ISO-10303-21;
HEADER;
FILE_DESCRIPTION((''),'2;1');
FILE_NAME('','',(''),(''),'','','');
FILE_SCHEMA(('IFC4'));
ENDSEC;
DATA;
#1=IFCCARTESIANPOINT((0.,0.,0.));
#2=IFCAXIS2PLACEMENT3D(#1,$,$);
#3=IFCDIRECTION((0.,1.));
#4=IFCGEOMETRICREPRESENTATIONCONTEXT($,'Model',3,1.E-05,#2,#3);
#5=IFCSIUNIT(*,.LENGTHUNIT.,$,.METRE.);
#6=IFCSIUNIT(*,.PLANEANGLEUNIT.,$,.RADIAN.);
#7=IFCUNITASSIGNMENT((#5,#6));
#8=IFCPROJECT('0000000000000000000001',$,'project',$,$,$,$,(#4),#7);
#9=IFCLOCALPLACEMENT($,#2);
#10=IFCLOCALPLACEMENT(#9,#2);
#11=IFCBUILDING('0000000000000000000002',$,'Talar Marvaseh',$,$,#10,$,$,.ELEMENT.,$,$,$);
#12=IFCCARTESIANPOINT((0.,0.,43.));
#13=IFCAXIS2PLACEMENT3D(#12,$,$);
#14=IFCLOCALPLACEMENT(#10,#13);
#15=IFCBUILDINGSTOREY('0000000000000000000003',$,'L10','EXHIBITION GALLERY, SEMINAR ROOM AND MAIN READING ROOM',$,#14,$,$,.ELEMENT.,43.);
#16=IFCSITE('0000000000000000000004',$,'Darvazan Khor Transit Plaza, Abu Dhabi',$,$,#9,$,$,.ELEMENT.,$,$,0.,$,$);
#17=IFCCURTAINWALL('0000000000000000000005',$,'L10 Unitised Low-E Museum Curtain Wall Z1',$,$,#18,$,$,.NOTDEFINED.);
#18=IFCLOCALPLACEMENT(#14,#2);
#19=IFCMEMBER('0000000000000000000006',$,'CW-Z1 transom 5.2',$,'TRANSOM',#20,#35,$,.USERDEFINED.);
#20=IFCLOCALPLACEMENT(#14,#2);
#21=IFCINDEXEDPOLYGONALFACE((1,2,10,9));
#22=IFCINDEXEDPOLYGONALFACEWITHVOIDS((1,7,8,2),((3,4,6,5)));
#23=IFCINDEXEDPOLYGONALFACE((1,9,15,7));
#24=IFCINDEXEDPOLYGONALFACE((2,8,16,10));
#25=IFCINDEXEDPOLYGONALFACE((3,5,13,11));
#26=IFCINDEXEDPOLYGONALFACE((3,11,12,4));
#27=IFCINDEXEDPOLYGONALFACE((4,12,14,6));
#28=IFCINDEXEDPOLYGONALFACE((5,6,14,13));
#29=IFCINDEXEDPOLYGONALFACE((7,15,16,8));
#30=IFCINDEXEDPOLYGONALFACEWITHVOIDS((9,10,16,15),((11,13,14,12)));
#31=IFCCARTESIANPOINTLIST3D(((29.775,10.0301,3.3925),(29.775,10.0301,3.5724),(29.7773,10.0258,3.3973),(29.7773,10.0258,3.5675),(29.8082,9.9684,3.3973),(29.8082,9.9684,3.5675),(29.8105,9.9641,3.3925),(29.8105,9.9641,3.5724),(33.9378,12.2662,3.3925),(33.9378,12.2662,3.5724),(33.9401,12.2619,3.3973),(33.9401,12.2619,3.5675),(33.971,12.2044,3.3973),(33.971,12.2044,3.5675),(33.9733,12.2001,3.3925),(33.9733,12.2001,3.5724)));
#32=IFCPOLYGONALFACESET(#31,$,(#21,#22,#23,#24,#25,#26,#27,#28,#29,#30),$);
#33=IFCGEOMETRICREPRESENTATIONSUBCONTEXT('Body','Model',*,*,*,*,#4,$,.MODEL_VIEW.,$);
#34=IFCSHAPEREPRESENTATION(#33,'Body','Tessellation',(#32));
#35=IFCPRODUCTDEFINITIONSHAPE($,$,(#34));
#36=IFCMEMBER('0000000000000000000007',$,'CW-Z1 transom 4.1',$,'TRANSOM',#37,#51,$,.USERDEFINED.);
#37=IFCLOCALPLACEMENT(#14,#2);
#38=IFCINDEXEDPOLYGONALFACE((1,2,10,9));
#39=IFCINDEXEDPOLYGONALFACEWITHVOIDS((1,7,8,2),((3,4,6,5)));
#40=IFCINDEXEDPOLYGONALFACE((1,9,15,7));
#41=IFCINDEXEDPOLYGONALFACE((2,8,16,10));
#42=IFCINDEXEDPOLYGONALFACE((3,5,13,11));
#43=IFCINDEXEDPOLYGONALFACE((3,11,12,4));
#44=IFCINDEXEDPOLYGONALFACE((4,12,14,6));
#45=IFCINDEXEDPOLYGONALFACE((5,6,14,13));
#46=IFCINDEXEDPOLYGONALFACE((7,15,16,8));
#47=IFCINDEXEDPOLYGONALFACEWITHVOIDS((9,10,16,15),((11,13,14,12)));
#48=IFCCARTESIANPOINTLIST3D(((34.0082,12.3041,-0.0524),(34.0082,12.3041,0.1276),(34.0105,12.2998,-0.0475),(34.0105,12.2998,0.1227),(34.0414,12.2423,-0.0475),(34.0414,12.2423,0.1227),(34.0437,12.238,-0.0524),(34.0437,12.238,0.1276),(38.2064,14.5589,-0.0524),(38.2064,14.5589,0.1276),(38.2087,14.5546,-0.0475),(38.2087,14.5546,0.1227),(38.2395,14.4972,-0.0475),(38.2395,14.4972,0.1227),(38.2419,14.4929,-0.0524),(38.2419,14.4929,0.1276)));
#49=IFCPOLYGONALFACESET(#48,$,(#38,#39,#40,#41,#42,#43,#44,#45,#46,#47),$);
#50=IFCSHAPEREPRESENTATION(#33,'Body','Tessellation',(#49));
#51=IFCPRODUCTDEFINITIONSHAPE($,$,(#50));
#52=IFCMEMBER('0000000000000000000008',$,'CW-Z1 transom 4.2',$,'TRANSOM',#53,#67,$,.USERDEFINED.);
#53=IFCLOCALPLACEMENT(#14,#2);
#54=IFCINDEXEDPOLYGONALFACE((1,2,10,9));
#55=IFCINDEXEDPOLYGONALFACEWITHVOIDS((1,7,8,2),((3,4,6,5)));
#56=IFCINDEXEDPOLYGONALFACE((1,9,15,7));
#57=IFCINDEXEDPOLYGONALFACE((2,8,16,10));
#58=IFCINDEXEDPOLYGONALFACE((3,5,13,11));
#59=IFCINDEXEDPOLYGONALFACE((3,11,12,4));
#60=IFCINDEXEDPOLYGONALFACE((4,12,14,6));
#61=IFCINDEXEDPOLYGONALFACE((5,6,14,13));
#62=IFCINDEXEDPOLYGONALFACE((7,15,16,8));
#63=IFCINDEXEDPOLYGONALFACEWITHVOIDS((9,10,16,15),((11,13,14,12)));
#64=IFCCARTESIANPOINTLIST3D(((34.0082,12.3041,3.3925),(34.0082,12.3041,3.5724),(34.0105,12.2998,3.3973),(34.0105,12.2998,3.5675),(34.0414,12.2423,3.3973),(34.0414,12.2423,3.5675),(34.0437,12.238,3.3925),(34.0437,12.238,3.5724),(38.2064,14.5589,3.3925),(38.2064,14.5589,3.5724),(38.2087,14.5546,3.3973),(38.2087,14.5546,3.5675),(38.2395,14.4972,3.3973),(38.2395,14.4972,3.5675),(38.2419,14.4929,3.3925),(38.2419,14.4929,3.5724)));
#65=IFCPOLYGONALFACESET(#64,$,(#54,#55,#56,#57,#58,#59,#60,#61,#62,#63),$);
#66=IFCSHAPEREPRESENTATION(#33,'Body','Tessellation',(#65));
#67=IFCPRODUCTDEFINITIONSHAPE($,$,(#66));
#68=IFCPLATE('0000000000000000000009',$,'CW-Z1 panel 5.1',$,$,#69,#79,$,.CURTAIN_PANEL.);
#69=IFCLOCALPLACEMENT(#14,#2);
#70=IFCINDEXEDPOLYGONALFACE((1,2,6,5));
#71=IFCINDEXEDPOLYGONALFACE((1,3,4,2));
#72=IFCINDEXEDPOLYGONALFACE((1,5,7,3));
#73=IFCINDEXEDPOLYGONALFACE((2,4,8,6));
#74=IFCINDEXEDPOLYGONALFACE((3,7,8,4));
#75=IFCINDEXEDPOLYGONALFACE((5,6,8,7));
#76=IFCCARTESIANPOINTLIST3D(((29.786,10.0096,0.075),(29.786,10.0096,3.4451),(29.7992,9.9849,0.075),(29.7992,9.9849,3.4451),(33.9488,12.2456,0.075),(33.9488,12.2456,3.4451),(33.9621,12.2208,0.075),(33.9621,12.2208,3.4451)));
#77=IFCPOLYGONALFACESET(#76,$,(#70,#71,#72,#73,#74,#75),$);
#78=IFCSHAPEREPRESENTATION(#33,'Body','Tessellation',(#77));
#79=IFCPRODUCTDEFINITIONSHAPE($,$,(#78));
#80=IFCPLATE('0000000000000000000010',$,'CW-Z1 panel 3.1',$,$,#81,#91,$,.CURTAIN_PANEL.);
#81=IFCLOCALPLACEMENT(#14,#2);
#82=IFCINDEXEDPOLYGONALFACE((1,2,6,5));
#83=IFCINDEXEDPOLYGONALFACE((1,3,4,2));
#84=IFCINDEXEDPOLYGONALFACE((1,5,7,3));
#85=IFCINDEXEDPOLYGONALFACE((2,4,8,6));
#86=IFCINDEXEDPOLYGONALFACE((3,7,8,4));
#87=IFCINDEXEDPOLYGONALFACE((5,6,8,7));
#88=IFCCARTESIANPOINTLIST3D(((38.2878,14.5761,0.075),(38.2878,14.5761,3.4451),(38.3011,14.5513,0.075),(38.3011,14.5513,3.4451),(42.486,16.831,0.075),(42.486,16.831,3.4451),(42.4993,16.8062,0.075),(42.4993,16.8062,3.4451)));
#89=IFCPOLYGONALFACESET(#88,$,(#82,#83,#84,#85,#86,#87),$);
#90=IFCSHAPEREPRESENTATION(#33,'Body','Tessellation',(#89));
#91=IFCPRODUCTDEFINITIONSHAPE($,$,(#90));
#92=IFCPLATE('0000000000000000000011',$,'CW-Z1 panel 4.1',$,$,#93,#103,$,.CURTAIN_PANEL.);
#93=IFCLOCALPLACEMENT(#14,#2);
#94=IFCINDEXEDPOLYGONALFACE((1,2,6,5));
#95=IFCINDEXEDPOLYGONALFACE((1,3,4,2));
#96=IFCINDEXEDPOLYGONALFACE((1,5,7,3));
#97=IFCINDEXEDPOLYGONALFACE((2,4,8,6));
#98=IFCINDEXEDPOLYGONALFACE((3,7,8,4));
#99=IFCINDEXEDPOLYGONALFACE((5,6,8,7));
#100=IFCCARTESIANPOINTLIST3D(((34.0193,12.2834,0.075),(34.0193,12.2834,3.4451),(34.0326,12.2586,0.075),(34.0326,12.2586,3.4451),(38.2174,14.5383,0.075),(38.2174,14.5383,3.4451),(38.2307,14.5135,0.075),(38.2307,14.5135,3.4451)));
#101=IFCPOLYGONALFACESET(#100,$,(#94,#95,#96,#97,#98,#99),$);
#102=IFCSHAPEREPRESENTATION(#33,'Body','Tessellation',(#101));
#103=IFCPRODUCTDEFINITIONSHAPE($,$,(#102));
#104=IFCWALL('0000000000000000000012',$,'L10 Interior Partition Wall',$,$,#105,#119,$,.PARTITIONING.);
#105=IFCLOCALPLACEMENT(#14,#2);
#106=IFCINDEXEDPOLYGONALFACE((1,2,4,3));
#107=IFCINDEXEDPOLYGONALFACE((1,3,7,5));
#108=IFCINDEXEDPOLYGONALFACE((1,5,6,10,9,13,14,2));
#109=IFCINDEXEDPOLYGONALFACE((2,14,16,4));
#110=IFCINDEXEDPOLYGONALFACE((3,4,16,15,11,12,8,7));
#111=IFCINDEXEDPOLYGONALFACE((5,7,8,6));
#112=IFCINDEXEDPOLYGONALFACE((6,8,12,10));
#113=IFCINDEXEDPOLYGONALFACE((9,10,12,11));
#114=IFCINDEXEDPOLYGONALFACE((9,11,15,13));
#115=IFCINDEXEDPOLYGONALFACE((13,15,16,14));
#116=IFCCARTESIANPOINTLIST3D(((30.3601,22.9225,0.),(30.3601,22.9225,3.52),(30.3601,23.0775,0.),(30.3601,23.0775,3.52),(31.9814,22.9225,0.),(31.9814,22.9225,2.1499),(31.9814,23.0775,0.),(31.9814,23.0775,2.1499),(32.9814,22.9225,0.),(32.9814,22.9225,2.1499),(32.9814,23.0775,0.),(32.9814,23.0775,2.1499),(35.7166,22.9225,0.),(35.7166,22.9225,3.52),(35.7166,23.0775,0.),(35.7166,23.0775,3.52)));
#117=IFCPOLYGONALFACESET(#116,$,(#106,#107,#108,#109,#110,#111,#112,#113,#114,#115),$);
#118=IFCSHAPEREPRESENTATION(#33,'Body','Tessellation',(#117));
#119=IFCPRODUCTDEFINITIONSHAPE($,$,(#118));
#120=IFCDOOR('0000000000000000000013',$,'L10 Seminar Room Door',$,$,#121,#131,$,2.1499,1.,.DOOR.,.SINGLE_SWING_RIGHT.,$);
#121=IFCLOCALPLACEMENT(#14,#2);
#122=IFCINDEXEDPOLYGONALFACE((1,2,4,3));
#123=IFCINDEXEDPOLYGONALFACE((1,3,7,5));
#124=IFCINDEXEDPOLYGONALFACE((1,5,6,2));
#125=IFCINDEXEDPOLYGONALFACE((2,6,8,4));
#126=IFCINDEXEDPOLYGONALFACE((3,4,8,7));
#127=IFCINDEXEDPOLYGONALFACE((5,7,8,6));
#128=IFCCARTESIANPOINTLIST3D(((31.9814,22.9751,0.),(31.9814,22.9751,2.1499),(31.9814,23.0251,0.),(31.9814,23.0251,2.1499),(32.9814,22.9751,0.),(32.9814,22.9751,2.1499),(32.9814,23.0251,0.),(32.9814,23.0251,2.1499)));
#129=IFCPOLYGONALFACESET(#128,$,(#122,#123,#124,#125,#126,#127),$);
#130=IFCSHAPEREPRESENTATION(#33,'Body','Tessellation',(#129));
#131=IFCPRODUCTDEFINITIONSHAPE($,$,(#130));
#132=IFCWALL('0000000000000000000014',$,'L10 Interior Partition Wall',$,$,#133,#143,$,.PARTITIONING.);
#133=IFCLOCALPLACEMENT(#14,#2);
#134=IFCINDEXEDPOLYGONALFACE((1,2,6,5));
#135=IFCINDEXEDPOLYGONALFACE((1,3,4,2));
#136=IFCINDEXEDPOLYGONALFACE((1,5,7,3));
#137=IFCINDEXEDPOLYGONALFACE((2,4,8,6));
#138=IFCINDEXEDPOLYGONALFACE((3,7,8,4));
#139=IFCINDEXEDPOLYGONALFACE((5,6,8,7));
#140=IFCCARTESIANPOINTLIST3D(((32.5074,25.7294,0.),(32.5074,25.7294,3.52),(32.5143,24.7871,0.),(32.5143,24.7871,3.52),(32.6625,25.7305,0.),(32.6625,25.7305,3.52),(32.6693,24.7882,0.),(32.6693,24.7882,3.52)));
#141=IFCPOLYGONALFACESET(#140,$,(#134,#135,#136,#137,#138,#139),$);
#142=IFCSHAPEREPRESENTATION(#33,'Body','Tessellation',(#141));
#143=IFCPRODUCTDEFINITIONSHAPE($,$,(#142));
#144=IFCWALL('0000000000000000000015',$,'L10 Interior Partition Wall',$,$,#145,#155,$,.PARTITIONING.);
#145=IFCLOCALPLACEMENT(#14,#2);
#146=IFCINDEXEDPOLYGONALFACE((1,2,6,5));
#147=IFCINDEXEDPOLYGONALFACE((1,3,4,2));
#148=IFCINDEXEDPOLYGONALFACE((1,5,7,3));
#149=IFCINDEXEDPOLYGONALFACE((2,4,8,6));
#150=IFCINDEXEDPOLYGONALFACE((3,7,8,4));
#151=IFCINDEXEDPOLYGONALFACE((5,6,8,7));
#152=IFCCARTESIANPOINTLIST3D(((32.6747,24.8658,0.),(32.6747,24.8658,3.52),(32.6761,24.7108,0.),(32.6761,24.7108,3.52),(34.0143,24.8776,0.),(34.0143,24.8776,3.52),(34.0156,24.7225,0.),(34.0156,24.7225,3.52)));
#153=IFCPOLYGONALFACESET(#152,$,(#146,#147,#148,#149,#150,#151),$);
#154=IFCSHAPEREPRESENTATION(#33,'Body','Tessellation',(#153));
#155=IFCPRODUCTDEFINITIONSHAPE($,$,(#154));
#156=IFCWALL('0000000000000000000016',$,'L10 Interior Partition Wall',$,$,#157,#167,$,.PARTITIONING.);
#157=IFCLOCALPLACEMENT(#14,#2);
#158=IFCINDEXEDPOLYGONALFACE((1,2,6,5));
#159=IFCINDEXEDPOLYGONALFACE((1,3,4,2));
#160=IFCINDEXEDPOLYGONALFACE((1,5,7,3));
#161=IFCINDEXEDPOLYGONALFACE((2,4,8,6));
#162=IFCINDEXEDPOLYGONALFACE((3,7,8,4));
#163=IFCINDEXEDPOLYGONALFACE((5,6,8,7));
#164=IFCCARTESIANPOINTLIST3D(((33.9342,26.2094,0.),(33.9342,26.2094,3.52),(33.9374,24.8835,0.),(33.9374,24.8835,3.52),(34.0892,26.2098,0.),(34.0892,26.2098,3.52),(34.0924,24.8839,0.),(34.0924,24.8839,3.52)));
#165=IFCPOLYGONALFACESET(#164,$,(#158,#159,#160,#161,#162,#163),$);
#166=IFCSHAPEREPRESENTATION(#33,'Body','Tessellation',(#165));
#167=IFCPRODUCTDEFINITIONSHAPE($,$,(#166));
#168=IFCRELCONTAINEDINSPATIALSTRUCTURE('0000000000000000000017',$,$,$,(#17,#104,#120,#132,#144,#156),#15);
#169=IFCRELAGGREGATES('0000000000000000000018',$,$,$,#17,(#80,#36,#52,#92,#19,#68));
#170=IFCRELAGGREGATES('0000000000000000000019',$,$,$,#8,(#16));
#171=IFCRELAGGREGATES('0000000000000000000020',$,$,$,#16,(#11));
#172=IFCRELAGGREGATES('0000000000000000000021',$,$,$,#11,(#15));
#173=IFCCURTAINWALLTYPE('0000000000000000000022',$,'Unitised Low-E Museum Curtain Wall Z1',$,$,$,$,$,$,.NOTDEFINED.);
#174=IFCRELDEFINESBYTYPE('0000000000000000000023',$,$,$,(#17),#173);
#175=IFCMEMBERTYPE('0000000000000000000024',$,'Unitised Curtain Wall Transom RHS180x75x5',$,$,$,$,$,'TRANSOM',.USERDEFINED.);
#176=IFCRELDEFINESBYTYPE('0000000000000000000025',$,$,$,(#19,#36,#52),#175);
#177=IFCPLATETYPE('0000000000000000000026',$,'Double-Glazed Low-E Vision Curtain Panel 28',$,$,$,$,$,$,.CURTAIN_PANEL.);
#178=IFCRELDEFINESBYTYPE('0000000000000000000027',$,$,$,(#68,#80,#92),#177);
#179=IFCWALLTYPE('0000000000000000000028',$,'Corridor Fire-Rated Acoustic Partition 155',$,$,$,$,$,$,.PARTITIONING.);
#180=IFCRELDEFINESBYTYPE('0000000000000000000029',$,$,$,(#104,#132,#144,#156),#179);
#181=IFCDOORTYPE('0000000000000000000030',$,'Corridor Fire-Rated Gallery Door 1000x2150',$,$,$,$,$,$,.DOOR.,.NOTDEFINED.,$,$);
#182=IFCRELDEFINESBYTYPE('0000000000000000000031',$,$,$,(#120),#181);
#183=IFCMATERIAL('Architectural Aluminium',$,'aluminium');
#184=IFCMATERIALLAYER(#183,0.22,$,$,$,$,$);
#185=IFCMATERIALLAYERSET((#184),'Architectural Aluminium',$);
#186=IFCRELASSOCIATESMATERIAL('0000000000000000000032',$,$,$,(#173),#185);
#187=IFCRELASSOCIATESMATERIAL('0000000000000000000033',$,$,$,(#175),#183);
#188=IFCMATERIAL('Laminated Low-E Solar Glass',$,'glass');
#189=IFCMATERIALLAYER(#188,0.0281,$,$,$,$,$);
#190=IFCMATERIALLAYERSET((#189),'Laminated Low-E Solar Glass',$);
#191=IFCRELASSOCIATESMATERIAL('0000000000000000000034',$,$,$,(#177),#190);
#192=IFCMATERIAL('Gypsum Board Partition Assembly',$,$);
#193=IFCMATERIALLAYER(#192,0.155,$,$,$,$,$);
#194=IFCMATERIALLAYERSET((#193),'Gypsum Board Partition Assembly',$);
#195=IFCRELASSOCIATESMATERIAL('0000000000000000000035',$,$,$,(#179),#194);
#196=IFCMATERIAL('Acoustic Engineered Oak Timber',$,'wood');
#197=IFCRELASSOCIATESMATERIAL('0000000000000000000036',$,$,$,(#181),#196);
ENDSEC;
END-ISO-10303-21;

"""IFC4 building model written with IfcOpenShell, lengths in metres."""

from ifc_helpers import new_model, si_unit, direction, frame, frame_2d, origin, origin_2d, place, context, subcontext, project, spatial, rectangle, hollow_rectangle, extrude, source, transform, mapped, material, layer, layer_set, material_profile, profile_set, type_object, type_shapes, element, fill, aggregate, save


model = new_model("IFC4")

# Units and contexts
model_context = context("Model", 3, precision=1e-05, world=origin(), true_north=direction((0.0, 1.0)))
body_context = subcontext(model_context, "Body", "Model", "MODEL_VIEW")
ifc_project = project(units=[si_unit("LENGTHUNIT", "METRE"), si_unit("PLANEANGLEUNIT", "RADIAN")], contexts=[model_context])

# Site, building, storey
site_placement = place(None, origin())
site = spatial("IfcSite", under=ifc_project, at=site_placement, Name="Darvazan Khor Transit Plaza, Abu Dhabi", CompositionType="ELEMENT", RefElevation=0.0)
building_placement = place(site_placement, origin())
building = spatial("IfcBuilding", under=site, at=building_placement, Name="Talar Marvaseh", CompositionType="ELEMENT")
storey_placement = place(building_placement, frame((0.0, 0.0, 43.0)))
storey = spatial("IfcBuildingStorey", under=building, at=storey_placement, Name="L10", Description="EXHIBITION GALLERY, SEMINAR ROOM AND MAIN READING ROOM", CompositionType="ELEMENT", Elevation=43.0)

# Curtain wall, members, plates
ifc_material_1 = material(Name="Architectural Aluminium", Category="aluminium")
ifc_layer_1 = layer(ifc_material_1, 0.22)
ifc_layer_set_1 = layer_set([ifc_layer_1], Name="Architectural Aluminium")
curtain_wall_type = type_object("IfcCurtainWallType", Name="Unitised Low-E Museum Curtain Wall Z1", PredefinedType="NOTDEFINED", material=ifc_layer_set_1)
curtain_wall_placement = place(storey_placement, origin())
curtain_wall = element("IfcCurtainWall", 1, at=curtain_wall_placement, inside=storey, type_object=curtain_wall_type, Name="L10 Unitised Low-E Museum Curtain Wall Z1", PredefinedType="NOTDEFINED")
ifc_material_profile_1 = material_profile(ifc_material_1, hollow_rectangle(XDim=0.075, YDim=0.1799, WallThickness=0.0049, at=origin_2d()), Name="RHS180x75x5")
ifc_profile_set_1 = profile_set([ifc_material_profile_1], Name="Architectural Aluminium")
member_type_1 = type_object("IfcMemberType", Name="Unitised Curtain Wall Transom RHS180x75x5", ElementType="TRANSOM", PredefinedType="USERDEFINED", material=ifc_profile_set_1)
shared_shape_1 = source(origin(), body_context, "Body", "SweptSolid", [
    extrude(hollow_rectangle(XDim=0.075, YDim=0.1799, WallThickness=0.0049, at=origin_2d()), origin(), (0.0, 0.0, 1.0), 4.7253),
])
member_1_placement = place(storey_placement, frame((33.9556, 12.2332, 3.4824), z_axis=(-0.880952, -0.473206, 0.0), x_axis=(0.473206, -0.880952, 0.0)))
member_1 = element("IfcMember", 2, at=member_1_placement, type_object=member_type_1, Name="CW-Z1 transom 5.2", ObjectType="TRANSOM", PredefinedType="USERDEFINED", context=body_context, shape_type="MappedRepresentation", body=[
    mapped(shared_shape_1, transform((0.0, 0.0, 0.0), x_axis=(1.0, 0.0, 0.0), y_axis=(0.0, 1.0, 0.0), z_axis=(0.0, 0.0, 1.0), scale=1.0)),
])
shared_shape_2 = source(origin(), body_context, "Body", "SweptSolid", [
    extrude(hollow_rectangle(XDim=0.075, YDim=0.1799, WallThickness=0.0049, at=origin_2d()), origin(), (0.0, 0.0, 1.0), 4.7654),
])
type_shapes(member_type_1, [shared_shape_1, shared_shape_2])
member_2_placement = place(storey_placement, frame((38.2241, 14.5259, 0.0376), z_axis=(-0.880971, -0.473171, 0.0), x_axis=(0.473171, -0.880971, 0.0)))
member_2 = element("IfcMember", 3, at=member_2_placement, type_object=member_type_1, Name="CW-Z1 transom 4.1", ObjectType="TRANSOM", PredefinedType="USERDEFINED", context=body_context, shape_type="MappedRepresentation", body=[
    mapped(shared_shape_2, transform((0.0, 0.0, 0.0), x_axis=(1.0, 0.0, 0.0), y_axis=(0.0, 1.0, 0.0), z_axis=(0.0, 0.0, 1.0), scale=1.0)),
])
member_3_placement = place(storey_placement, frame((38.2241, 14.5259, 3.4824), z_axis=(-0.880971, -0.473171, 0.0), x_axis=(0.473171, -0.880971, 0.0)))
member_3 = element("IfcMember", 4, at=member_3_placement, type_object=member_type_1, Name="CW-Z1 transom 4.2", ObjectType="TRANSOM", PredefinedType="USERDEFINED", context=body_context, shape_type="MappedRepresentation", body=[
    mapped(shared_shape_2, transform((0.0, 0.0, 0.0), x_axis=(1.0, 0.0, 0.0), y_axis=(0.0, 1.0, 0.0), z_axis=(0.0, 0.0, 1.0), scale=1.0)),
])
ifc_material_2 = material(Name="Laminated Low-E Solar Glass", Category="glass")
ifc_layer_2 = layer(ifc_material_2, 0.0281)
ifc_layer_set_2 = layer_set([ifc_layer_2], Name="Laminated Low-E Solar Glass")
plate_type = type_object("IfcPlateType", Name="Double-Glazed Low-E Vision Curtain Panel 28", PredefinedType="CURTAIN_PANEL", material=ifc_layer_set_2)
shared_shape_3 = source(origin(), body_context, "Body", "SweptSolid", [
    extrude(rectangle(XDim=4.7253, YDim=0.0281, at=origin_2d()), origin(), (0.0, 0.0, 1.0), 3.3701),
])
plate_1_placement = place(storey_placement, frame((31.874, 11.1152, 0.075), z_axis=(0.0, 0.0, 1.0), x_axis=(-0.880963, -0.473185, 0.0)))
plate_1 = element("IfcPlate", 5, at=plate_1_placement, type_object=plate_type, Name="CW-Z1 panel 5.1", PredefinedType="CURTAIN_PANEL", context=body_context, shape_type="MappedRepresentation", body=[
    mapped(shared_shape_3, transform((0.0, 0.0, 0.0), x_axis=(1.0, 0.0, 0.0), y_axis=(0.0, 1.0, 0.0), z_axis=(0.0, 0.0, 1.0), scale=1.0)),
])
shared_shape_4 = source(origin(), body_context, "Body", "SweptSolid", [
    extrude(rectangle(XDim=4.7654, YDim=0.0281, at=origin_2d()), origin(), (0.0, 0.0, 1.0), 3.3701),
])
type_shapes(plate_type, [shared_shape_3, shared_shape_4])
plate_2_placement = place(storey_placement, frame((40.3936, 15.6912, 0.075), z_axis=(0.0, 0.0, 1.0), x_axis=(-0.880963, -0.473185, 0.0)))
plate_2 = element("IfcPlate", 6, at=plate_2_placement, type_object=plate_type, Name="CW-Z1 panel 3.1", PredefinedType="CURTAIN_PANEL", context=body_context, shape_type="MappedRepresentation", body=[
    mapped(shared_shape_4, transform((0.0, 0.0, 0.0), x_axis=(1.0, 0.0, 0.0), y_axis=(0.0, 1.0, 0.0), z_axis=(0.0, 0.0, 1.0), scale=1.0)),
])
plate_3_placement = place(storey_placement, frame((36.125, 13.3984, 0.075), z_axis=(0.0, 0.0, 1.0), x_axis=(-0.880963, -0.473185, 0.0)))
plate_3 = element("IfcPlate", 7, at=plate_3_placement, type_object=plate_type, Name="CW-Z1 panel 4.1", PredefinedType="CURTAIN_PANEL", context=body_context, shape_type="MappedRepresentation", body=[
    mapped(shared_shape_4, transform((0.0, 0.0, 0.0), x_axis=(1.0, 0.0, 0.0), y_axis=(0.0, 1.0, 0.0), z_axis=(0.0, 0.0, 1.0), scale=1.0)),
])
aggregate(curtain_wall, [plate_2, member_2, member_3, plate_3, member_1, plate_1])

# Wall, opening, door
ifc_material_3 = material(Name="Gypsum Board Partition Assembly")
ifc_layer_3 = layer(ifc_material_3, 0.155)
ifc_layer_set_3 = layer_set([ifc_layer_3], Name="Gypsum Board Partition Assembly")
wall_type_1 = type_object("IfcWallType", Name="Corridor Fire-Rated Acoustic Partition 155", PredefinedType="PARTITIONING", material=ifc_layer_set_3)
wall_1_placement = place(storey_placement, frame((35.7166, 23.0, 0.0), z_axis=(0.0, 0.0, 1.0), x_axis=(-1.0, 0.0, 0.0)))
wall_1 = element("IfcWall", 8, at=wall_1_placement, inside=storey, type_object=wall_type_1, Name="L10 Interior Partition Wall", PredefinedType="PARTITIONING", context=body_context, shape_type="SweptSolid", body=[
    extrude(rectangle(XDim=5.3564, YDim=0.155, at=frame_2d((2.6782, 0.0))), origin(), (0.0, 0.0, 1.0), 3.52),
])
opening_1_placement = place(wall_1_placement, frame((2.7351, 0.0, 0.0)))
opening_1 = element("IfcOpeningElement", 9, at=opening_1_placement, cuts=wall_1, PredefinedType="OPENING", context=body_context, shape_type="SweptSolid", body=[
    extrude(rectangle(XDim=1.0, YDim=2.1499, at=frame_2d((0.5, 1.075))), frame((0.0, 0.0874, 0.0), z_axis=(0.0, -1.0, 0.0), x_axis=(1.0, 0.0, 0.0)), (0.0, 0.0, 1.0), 0.175),
])
ifc_material_4 = material(Name="Acoustic Engineered Oak Timber", Category="wood")
door_type_1 = type_object("IfcDoorType", Name="Corridor Fire-Rated Gallery Door 1000x2150", OperationType="NOTDEFINED", PredefinedType="DOOR", material=ifc_material_4)
shared_shape_5 = source(origin(), body_context, "Body", "SweptSolid", [
    extrude(rectangle(XDim=1.0, YDim=2.1499, at=frame_2d((0.5, 1.075))), frame((0.0, 0.0249, 0.0), z_axis=(0.0, -1.0, 0.0), x_axis=(1.0, 0.0, 0.0)), (0.0, 0.0, 1.0), 0.05),
])
type_shapes(door_type_1, [shared_shape_5])
door_1_placement = place(opening_1_placement, origin())
door_1 = element("IfcDoor", 10, at=door_1_placement, inside=storey, type_object=door_type_1, Name="L10 Seminar Room Door", OperationType="SINGLE_SWING_RIGHT", OverallHeight=2.1499, OverallWidth=1.0, PredefinedType="DOOR", context=body_context, shape_type="MappedRepresentation", body=[
    mapped(shared_shape_5, transform((0.0, 0.0, 0.0), x_axis=(1.0, 0.0, 0.0), y_axis=(0.0, 1.0, 0.0), z_axis=(0.0, 0.0, 1.0), scale=1.0)),
])
fill(opening_1, door_1)

# Walls
wall_2_placement = place(storey_placement, frame((32.585, 25.73, 0.0), z_axis=(0.0, 0.0, 1.0), x_axis=(0.007254, -0.999974, 0.0)))
element("IfcWall", 11, at=wall_2_placement, inside=storey, type_object=wall_type_1, Name="L10 Interior Partition Wall", PredefinedType="PARTITIONING", context=body_context, shape_type="SweptSolid", body=[
    extrude(rectangle(XDim=0.9424, YDim=0.155, at=frame_2d((0.4712, 0.0))), origin(), (0.0, 0.0, 1.0), 3.52),
])
wall_3_placement = place(storey_placement, frame((32.6753, 24.7883, 0.0), z_axis=(0.0, 0.0, 1.0), x_axis=(0.999962, 0.008748, 0.0)))
element("IfcWall", 12, at=wall_3_placement, inside=storey, type_object=wall_type_1, Name="L10 Interior Partition Wall", PredefinedType="PARTITIONING", context=body_context, shape_type="SweptSolid", body=[
    extrude(rectangle(XDim=1.3396, YDim=0.155, at=frame_2d((0.6699, 0.0))), origin(), (0.0, 0.0, 1.0), 3.52),
])
wall_4_placement = place(storey_placement, frame((34.0149, 24.8835, 0.0), z_axis=(0.0, 0.0, 1.0), x_axis=(-0.002394, 0.999997, 0.0)))
element("IfcWall", 13, at=wall_4_placement, inside=storey, type_object=wall_type_1, Name="L10 Interior Partition Wall", PredefinedType="PARTITIONING", context=body_context, shape_type="SweptSolid", body=[
    extrude(rectangle(XDim=1.3259, YDim=0.155, at=frame_2d((0.6631, 0.0))), origin(), (0.0, 0.0, 1.0), 3.52),
])

save(model, "model.ifc")
